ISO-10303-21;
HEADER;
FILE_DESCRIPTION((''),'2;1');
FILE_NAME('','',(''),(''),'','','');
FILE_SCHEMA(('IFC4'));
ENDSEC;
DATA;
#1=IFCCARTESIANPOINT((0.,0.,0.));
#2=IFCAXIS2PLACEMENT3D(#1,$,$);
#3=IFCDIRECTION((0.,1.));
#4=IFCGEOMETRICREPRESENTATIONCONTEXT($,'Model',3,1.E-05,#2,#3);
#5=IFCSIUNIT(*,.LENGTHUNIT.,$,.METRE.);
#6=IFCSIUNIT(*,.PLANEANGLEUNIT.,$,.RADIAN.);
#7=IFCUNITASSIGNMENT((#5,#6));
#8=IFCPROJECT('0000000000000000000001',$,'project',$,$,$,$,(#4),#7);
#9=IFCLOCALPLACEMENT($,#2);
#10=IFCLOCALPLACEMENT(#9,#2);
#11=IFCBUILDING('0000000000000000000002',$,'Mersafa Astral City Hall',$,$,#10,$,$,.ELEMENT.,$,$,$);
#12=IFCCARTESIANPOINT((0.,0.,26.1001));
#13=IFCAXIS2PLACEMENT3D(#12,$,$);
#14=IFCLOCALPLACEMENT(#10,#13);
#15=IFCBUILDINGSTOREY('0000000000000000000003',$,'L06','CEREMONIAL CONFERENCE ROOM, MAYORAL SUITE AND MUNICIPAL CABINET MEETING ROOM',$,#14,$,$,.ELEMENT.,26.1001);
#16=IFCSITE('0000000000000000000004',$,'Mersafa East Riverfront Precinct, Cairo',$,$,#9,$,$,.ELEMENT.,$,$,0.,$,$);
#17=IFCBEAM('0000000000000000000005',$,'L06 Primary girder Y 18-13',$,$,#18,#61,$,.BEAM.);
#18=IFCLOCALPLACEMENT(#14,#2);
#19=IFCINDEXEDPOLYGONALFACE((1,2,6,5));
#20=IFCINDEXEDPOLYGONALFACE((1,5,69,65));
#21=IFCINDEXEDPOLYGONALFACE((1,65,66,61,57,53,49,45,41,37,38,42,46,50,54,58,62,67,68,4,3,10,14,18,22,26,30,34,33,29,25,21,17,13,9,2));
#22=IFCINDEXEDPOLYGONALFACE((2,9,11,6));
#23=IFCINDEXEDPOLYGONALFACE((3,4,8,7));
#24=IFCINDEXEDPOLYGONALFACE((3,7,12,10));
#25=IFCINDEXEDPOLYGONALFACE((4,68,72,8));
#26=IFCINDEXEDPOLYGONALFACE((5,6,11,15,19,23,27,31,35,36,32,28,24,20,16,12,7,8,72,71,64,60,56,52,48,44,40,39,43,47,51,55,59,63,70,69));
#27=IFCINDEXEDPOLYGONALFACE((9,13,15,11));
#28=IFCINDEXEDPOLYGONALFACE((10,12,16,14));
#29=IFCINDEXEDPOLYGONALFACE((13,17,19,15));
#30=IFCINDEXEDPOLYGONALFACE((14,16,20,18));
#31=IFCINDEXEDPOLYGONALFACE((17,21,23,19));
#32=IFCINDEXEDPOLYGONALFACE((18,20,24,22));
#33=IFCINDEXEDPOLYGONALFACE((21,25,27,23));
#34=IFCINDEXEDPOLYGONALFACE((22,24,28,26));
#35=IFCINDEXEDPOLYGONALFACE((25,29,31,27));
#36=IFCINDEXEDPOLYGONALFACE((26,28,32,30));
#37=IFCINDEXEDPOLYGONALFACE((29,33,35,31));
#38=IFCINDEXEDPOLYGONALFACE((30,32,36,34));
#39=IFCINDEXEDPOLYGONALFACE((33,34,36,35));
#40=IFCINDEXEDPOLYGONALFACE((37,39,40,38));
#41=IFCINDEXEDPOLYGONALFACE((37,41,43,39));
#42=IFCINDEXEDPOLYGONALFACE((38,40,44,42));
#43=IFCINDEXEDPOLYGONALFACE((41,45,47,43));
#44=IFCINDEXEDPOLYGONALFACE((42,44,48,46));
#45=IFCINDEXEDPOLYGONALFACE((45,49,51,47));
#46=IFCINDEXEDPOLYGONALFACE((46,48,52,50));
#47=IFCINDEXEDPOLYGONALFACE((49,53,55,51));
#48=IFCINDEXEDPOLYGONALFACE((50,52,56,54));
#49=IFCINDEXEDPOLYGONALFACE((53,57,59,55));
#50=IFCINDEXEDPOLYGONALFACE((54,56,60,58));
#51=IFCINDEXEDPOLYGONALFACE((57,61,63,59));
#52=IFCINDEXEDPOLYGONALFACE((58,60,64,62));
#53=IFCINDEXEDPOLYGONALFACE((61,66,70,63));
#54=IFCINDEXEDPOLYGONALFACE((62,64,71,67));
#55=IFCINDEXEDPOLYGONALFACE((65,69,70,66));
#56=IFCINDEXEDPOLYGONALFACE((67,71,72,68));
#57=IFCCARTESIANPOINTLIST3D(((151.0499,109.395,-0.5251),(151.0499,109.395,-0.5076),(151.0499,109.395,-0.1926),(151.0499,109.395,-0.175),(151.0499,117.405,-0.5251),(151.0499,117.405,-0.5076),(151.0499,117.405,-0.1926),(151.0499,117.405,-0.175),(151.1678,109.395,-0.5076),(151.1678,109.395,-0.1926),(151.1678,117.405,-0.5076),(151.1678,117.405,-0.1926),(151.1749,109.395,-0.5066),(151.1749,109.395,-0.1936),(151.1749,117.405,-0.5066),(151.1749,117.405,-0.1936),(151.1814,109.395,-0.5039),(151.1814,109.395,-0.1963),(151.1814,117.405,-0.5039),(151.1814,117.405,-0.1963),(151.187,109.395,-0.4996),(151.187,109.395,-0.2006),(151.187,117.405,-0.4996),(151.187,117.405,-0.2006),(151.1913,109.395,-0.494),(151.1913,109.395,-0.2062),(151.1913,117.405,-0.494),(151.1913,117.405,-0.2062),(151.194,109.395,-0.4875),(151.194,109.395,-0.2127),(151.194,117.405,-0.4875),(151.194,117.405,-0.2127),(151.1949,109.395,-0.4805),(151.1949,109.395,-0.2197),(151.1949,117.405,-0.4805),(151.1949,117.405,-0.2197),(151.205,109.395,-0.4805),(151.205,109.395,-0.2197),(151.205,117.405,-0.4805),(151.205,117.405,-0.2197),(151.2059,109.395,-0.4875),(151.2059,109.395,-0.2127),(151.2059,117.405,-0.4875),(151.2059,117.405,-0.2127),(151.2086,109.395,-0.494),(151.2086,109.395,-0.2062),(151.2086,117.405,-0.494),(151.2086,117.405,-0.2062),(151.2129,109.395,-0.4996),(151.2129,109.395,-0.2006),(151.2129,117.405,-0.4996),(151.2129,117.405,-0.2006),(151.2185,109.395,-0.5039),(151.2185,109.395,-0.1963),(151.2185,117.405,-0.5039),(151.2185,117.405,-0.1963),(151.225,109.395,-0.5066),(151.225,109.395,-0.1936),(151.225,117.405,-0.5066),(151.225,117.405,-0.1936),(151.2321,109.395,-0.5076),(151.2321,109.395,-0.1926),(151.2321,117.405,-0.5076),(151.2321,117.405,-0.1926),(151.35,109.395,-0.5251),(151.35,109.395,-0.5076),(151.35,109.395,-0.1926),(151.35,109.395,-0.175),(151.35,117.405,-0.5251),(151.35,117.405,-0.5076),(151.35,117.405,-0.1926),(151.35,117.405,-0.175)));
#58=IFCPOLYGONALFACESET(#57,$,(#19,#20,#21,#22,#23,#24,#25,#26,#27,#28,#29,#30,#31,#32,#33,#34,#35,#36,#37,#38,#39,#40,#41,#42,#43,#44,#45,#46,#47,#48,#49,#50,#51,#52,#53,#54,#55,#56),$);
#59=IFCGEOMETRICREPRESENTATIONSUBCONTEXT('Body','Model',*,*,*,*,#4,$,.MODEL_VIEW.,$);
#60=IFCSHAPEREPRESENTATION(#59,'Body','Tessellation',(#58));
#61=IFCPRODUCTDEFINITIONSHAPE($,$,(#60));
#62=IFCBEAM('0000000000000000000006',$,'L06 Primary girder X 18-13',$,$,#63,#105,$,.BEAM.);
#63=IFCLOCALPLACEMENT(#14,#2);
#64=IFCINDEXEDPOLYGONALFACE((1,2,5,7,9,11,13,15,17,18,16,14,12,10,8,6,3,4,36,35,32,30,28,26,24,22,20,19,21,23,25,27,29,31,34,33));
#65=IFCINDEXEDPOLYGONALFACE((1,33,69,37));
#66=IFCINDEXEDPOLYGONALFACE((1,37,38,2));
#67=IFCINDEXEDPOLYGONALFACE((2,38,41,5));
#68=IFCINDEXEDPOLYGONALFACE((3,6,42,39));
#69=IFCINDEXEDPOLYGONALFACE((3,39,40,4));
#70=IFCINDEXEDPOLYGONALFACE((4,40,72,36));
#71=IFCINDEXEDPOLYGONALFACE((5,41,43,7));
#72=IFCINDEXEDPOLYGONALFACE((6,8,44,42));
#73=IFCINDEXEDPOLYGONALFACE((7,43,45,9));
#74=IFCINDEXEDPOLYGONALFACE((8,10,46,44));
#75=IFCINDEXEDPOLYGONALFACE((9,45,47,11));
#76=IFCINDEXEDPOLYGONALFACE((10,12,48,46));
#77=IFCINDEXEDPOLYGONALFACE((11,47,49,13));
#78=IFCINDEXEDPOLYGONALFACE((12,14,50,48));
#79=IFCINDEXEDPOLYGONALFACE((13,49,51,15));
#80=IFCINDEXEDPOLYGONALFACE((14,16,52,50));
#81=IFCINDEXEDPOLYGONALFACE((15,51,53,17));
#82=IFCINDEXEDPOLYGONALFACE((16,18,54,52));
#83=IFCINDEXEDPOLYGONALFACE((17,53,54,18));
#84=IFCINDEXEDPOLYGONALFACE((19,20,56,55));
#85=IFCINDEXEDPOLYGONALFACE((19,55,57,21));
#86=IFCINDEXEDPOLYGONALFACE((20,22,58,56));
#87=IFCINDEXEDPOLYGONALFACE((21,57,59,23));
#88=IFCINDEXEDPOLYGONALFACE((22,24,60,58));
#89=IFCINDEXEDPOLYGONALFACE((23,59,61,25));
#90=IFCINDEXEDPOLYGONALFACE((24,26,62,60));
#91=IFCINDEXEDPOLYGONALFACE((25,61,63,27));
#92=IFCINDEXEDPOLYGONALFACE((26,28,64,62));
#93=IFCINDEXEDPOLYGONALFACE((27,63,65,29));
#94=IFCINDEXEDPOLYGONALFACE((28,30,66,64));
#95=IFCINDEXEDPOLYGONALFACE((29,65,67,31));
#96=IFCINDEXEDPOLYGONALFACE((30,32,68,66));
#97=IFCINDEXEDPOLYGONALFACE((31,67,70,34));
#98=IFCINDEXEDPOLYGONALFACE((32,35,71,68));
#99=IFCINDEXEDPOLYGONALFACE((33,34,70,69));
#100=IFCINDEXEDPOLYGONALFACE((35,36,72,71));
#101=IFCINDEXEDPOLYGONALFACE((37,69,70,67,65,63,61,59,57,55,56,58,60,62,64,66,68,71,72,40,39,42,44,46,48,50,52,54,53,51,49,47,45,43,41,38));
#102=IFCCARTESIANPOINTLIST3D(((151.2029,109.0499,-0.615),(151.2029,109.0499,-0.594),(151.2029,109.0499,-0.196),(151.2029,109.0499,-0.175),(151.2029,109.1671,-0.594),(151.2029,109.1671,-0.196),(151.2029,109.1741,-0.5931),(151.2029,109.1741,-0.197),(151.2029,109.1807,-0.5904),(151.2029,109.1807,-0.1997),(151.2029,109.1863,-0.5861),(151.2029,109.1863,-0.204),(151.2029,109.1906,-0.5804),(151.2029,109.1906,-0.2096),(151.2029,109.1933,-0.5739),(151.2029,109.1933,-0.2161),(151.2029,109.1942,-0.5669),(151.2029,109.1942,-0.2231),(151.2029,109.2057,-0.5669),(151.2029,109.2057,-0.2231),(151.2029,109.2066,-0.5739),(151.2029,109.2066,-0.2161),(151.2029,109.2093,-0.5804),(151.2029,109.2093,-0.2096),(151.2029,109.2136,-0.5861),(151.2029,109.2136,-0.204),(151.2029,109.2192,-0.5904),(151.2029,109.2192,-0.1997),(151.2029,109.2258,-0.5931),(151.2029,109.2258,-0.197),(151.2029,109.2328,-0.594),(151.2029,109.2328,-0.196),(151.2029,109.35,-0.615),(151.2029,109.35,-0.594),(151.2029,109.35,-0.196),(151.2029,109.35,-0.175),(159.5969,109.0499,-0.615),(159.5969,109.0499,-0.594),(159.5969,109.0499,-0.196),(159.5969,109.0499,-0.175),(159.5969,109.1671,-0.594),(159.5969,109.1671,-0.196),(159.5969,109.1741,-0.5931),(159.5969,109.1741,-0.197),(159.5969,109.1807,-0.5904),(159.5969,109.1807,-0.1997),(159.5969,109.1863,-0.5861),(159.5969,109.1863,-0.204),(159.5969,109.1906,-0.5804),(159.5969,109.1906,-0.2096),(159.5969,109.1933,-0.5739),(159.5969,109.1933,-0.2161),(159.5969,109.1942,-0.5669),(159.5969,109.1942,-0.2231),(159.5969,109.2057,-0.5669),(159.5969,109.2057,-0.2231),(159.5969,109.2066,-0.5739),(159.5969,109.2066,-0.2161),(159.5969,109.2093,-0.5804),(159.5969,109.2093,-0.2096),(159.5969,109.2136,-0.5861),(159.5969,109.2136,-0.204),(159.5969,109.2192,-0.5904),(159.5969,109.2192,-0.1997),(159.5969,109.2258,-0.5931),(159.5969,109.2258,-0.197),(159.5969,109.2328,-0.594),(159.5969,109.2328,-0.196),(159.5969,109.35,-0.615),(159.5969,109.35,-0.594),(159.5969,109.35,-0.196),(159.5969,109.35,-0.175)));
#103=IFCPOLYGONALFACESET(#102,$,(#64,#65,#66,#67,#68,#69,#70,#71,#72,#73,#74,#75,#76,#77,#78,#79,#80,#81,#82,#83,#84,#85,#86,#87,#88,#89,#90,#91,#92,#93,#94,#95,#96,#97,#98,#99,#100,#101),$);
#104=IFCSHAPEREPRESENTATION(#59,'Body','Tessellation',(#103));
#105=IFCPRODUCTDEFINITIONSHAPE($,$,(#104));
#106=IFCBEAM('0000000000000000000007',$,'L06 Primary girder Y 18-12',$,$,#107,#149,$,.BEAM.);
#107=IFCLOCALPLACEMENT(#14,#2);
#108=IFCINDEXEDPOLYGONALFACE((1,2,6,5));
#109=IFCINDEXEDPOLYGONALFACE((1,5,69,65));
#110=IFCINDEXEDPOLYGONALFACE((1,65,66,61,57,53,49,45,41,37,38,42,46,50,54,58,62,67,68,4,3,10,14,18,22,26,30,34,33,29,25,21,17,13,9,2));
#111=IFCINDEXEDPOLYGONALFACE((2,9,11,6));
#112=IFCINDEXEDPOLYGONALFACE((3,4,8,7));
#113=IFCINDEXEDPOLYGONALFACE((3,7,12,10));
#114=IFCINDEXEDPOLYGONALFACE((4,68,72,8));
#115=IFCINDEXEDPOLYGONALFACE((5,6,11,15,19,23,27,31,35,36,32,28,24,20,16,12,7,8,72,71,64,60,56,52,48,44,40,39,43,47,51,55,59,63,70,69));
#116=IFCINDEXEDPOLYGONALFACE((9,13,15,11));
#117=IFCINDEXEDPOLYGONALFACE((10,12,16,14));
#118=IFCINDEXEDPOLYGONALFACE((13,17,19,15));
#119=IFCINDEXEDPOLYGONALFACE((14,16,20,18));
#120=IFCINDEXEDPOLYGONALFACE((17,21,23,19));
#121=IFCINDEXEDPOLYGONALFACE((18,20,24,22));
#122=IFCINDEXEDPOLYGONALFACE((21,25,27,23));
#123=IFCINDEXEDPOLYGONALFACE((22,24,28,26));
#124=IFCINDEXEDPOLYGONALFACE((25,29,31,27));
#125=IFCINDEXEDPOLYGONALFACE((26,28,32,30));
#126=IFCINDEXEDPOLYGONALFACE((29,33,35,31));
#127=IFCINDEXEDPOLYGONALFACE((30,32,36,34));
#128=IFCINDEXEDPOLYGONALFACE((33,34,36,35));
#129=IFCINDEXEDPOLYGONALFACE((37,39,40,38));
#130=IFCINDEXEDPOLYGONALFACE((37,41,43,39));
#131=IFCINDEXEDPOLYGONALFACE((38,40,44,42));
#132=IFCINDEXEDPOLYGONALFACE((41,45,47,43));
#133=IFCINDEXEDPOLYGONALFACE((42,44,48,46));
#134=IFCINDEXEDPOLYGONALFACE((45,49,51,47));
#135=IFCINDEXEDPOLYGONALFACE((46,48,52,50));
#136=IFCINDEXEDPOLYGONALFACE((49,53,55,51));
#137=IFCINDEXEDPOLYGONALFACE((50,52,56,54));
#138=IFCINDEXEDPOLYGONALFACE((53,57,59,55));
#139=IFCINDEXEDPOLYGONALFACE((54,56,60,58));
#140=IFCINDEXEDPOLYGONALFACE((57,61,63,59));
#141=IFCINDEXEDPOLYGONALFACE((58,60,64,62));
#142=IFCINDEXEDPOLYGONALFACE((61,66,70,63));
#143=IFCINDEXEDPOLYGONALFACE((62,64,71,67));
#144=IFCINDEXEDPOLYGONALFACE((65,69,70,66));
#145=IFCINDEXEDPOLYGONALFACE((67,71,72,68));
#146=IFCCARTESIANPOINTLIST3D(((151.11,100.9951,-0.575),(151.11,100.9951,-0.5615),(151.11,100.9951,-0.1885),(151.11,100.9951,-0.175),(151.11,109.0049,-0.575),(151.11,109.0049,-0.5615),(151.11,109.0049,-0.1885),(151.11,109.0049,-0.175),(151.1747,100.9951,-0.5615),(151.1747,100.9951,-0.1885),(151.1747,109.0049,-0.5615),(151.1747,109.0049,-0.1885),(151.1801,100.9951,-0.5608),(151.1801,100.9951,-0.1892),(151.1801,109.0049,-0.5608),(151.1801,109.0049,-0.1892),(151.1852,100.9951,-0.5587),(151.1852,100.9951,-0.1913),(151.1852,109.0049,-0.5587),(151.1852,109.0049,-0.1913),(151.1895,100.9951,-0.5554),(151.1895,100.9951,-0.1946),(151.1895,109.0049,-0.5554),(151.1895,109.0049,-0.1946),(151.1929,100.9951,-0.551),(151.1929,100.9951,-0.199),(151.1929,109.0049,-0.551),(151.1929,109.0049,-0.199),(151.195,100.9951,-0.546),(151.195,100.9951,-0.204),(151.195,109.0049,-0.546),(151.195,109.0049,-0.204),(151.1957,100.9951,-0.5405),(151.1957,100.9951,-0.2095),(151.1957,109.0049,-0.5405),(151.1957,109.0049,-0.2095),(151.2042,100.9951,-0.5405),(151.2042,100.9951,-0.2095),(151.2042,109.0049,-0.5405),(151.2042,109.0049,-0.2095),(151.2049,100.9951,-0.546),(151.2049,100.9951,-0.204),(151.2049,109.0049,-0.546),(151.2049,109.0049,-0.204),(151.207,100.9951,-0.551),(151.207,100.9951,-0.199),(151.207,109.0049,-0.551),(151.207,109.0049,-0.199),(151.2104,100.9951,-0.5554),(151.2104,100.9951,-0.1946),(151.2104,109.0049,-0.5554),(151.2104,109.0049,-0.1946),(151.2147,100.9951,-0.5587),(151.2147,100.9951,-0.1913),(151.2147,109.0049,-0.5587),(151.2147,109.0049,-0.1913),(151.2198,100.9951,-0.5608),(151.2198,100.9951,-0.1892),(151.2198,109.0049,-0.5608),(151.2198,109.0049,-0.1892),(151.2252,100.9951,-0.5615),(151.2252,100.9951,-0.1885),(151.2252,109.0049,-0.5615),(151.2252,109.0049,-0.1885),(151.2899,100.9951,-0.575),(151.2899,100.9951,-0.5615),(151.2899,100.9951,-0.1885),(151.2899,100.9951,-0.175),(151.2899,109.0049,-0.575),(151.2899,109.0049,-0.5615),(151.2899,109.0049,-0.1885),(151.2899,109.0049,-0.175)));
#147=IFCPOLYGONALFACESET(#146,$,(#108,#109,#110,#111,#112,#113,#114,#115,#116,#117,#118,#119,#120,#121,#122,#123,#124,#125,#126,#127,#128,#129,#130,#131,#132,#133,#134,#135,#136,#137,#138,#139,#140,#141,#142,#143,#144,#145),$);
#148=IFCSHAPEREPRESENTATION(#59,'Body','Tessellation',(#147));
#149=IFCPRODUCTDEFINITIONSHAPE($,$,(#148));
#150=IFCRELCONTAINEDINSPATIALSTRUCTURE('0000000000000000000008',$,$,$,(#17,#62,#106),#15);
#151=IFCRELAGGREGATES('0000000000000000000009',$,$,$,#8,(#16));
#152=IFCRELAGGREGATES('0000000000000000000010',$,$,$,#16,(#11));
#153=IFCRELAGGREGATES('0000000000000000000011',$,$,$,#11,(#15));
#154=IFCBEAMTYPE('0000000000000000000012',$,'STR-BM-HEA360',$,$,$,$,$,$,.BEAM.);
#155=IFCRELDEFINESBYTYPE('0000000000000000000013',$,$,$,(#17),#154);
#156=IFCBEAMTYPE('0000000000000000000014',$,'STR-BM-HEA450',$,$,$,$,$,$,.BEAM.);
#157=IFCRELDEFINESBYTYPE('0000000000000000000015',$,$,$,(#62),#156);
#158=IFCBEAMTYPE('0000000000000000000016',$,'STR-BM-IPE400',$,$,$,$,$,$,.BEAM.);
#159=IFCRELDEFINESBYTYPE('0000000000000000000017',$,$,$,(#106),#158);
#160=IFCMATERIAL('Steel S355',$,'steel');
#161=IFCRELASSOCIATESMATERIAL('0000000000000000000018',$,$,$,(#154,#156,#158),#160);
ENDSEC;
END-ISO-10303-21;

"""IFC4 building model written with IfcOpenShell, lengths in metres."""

from ifc_helpers import new_model, si_unit, direction, frame, origin, origin_2d, place, context, subcontext, project, spatial, i_section, extrude, material, material_profile, profile_set, type_object, element, save


model = new_model("IFC4")

# Units and contexts
model_context = context("Model", 3, precision=1e-05, world=origin(), true_north=direction((0.0, 1.0)))
body_context = subcontext(model_context, "Body", "Model", "MODEL_VIEW")
ifc_project = project(units=[si_unit("LENGTHUNIT", "METRE"), si_unit("PLANEANGLEUNIT", "RADIAN")], contexts=[model_context])

# Site, building, storey
site_placement = place(None, origin())
site = spatial("IfcSite", under=ifc_project, at=site_placement, Name="Mersafa East Riverfront Precinct, Cairo", CompositionType="ELEMENT", RefElevation=0.0)
building_placement = place(site_placement, origin())
building = spatial("IfcBuilding", under=site, at=building_placement, Name="Mersafa Astral City Hall", CompositionType="ELEMENT")
storey_placement = place(building_placement, frame((0.0, 0.0, 26.1001)))
storey = spatial("IfcBuildingStorey", under=building, at=storey_placement, Name="L06", Description="CEREMONIAL CONFERENCE ROOM, MAYORAL SUITE AND MUNICIPAL CABINET MEETING ROOM", CompositionType="ELEMENT", Elevation=26.1001)

# Shared definitions
ifc_material_1 = material(Name="Steel S355", Category="steel")

# Beams
ifc_material_profile_1 = material_profile(ifc_material_1, i_section(OverallWidth=0.3, OverallDepth=0.3501, WebThickness=0.01, FlangeThickness=0.0176, FilletRadius=0.0271, at=origin_2d()), Name="HEA 360")
ifc_profile_set_1 = profile_set([ifc_material_profile_1], Name="Steel S355")
beam_type_1 = type_object("IfcBeamType", Name="STR-BM-HEA360", PredefinedType="BEAM", material=ifc_profile_set_1)
beam_1_placement = place(storey_placement, frame((151.2, 109.395, -0.3501), z_axis=(0.0, 1.0, 0.0), x_axis=(-1.0, 0.0, 0.0)))
element("IfcBeam", 1, at=beam_1_placement, inside=storey, type_object=beam_type_1, Name="L06 Primary girder Y 18-13", PredefinedType="BEAM", context=body_context, shape_type="SweptSolid", body=[
    extrude(i_section(OverallWidth=0.3, OverallDepth=0.3501, WebThickness=0.01, FlangeThickness=0.0176, FilletRadius=0.0271, at=origin_2d()), origin(), (0.0, 0.0, 1.0), 8.01),
])
ifc_material_profile_2 = material_profile(ifc_material_1, i_section(OverallWidth=0.3, OverallDepth=0.4399, WebThickness=0.0115, FlangeThickness=0.021, FilletRadius=0.0271, at=origin_2d()), Name="HEA 450")
ifc_profile_set_2 = profile_set([ifc_material_profile_2], Name="Steel S355")
beam_type_2 = type_object("IfcBeamType", Name="STR-BM-HEA450", PredefinedType="BEAM", material=ifc_profile_set_2)
beam_2_placement = place(storey_placement, frame((151.2029, 109.2, -0.395), z_axis=(1.0, 0.0, 0.0), x_axis=(0.0, 1.0, 0.0)))
element("IfcBeam", 2, at=beam_2_placement, inside=storey, type_object=beam_type_2, Name="L06 Primary girder X 18-13", PredefinedType="BEAM", context=body_context, shape_type="SweptSolid", body=[
    extrude(i_section(OverallWidth=0.3, OverallDepth=0.4399, WebThickness=0.0115, FlangeThickness=0.021, FilletRadius=0.0271, at=origin_2d()), origin(), (0.0, 0.0, 1.0), 8.394),
])
ifc_material_profile_3 = material_profile(ifc_material_1, i_section(OverallWidth=0.1799, OverallDepth=0.3999, WebThickness=0.0085, FlangeThickness=0.0134, FilletRadius=0.021, at=origin_2d()), Name="IPE 400")
ifc_profile_set_3 = profile_set([ifc_material_profile_3], Name="Steel S355")
beam_type_3 = type_object("IfcBeamType", Name="STR-BM-IPE400", PredefinedType="BEAM", material=ifc_profile_set_3)
beam_3_placement = place(storey_placement, frame((151.2, 100.9951, -0.375), z_axis=(0.0, 1.0, 0.0), x_axis=(-1.0, 0.0, 0.0)))
element("IfcBeam", 3, at=beam_3_placement, inside=storey, type_object=beam_type_3, Name="L06 Primary girder Y 18-12", PredefinedType="BEAM", context=body_context, shape_type="SweptSolid", body=[
    extrude(i_section(OverallWidth=0.1799, OverallDepth=0.3999, WebThickness=0.0085, FlangeThickness=0.0134, FilletRadius=0.021, at=origin_2d()), origin(), (0.0, 0.0, 1.0), 8.0098),
])

save(model, "model.ifc")
